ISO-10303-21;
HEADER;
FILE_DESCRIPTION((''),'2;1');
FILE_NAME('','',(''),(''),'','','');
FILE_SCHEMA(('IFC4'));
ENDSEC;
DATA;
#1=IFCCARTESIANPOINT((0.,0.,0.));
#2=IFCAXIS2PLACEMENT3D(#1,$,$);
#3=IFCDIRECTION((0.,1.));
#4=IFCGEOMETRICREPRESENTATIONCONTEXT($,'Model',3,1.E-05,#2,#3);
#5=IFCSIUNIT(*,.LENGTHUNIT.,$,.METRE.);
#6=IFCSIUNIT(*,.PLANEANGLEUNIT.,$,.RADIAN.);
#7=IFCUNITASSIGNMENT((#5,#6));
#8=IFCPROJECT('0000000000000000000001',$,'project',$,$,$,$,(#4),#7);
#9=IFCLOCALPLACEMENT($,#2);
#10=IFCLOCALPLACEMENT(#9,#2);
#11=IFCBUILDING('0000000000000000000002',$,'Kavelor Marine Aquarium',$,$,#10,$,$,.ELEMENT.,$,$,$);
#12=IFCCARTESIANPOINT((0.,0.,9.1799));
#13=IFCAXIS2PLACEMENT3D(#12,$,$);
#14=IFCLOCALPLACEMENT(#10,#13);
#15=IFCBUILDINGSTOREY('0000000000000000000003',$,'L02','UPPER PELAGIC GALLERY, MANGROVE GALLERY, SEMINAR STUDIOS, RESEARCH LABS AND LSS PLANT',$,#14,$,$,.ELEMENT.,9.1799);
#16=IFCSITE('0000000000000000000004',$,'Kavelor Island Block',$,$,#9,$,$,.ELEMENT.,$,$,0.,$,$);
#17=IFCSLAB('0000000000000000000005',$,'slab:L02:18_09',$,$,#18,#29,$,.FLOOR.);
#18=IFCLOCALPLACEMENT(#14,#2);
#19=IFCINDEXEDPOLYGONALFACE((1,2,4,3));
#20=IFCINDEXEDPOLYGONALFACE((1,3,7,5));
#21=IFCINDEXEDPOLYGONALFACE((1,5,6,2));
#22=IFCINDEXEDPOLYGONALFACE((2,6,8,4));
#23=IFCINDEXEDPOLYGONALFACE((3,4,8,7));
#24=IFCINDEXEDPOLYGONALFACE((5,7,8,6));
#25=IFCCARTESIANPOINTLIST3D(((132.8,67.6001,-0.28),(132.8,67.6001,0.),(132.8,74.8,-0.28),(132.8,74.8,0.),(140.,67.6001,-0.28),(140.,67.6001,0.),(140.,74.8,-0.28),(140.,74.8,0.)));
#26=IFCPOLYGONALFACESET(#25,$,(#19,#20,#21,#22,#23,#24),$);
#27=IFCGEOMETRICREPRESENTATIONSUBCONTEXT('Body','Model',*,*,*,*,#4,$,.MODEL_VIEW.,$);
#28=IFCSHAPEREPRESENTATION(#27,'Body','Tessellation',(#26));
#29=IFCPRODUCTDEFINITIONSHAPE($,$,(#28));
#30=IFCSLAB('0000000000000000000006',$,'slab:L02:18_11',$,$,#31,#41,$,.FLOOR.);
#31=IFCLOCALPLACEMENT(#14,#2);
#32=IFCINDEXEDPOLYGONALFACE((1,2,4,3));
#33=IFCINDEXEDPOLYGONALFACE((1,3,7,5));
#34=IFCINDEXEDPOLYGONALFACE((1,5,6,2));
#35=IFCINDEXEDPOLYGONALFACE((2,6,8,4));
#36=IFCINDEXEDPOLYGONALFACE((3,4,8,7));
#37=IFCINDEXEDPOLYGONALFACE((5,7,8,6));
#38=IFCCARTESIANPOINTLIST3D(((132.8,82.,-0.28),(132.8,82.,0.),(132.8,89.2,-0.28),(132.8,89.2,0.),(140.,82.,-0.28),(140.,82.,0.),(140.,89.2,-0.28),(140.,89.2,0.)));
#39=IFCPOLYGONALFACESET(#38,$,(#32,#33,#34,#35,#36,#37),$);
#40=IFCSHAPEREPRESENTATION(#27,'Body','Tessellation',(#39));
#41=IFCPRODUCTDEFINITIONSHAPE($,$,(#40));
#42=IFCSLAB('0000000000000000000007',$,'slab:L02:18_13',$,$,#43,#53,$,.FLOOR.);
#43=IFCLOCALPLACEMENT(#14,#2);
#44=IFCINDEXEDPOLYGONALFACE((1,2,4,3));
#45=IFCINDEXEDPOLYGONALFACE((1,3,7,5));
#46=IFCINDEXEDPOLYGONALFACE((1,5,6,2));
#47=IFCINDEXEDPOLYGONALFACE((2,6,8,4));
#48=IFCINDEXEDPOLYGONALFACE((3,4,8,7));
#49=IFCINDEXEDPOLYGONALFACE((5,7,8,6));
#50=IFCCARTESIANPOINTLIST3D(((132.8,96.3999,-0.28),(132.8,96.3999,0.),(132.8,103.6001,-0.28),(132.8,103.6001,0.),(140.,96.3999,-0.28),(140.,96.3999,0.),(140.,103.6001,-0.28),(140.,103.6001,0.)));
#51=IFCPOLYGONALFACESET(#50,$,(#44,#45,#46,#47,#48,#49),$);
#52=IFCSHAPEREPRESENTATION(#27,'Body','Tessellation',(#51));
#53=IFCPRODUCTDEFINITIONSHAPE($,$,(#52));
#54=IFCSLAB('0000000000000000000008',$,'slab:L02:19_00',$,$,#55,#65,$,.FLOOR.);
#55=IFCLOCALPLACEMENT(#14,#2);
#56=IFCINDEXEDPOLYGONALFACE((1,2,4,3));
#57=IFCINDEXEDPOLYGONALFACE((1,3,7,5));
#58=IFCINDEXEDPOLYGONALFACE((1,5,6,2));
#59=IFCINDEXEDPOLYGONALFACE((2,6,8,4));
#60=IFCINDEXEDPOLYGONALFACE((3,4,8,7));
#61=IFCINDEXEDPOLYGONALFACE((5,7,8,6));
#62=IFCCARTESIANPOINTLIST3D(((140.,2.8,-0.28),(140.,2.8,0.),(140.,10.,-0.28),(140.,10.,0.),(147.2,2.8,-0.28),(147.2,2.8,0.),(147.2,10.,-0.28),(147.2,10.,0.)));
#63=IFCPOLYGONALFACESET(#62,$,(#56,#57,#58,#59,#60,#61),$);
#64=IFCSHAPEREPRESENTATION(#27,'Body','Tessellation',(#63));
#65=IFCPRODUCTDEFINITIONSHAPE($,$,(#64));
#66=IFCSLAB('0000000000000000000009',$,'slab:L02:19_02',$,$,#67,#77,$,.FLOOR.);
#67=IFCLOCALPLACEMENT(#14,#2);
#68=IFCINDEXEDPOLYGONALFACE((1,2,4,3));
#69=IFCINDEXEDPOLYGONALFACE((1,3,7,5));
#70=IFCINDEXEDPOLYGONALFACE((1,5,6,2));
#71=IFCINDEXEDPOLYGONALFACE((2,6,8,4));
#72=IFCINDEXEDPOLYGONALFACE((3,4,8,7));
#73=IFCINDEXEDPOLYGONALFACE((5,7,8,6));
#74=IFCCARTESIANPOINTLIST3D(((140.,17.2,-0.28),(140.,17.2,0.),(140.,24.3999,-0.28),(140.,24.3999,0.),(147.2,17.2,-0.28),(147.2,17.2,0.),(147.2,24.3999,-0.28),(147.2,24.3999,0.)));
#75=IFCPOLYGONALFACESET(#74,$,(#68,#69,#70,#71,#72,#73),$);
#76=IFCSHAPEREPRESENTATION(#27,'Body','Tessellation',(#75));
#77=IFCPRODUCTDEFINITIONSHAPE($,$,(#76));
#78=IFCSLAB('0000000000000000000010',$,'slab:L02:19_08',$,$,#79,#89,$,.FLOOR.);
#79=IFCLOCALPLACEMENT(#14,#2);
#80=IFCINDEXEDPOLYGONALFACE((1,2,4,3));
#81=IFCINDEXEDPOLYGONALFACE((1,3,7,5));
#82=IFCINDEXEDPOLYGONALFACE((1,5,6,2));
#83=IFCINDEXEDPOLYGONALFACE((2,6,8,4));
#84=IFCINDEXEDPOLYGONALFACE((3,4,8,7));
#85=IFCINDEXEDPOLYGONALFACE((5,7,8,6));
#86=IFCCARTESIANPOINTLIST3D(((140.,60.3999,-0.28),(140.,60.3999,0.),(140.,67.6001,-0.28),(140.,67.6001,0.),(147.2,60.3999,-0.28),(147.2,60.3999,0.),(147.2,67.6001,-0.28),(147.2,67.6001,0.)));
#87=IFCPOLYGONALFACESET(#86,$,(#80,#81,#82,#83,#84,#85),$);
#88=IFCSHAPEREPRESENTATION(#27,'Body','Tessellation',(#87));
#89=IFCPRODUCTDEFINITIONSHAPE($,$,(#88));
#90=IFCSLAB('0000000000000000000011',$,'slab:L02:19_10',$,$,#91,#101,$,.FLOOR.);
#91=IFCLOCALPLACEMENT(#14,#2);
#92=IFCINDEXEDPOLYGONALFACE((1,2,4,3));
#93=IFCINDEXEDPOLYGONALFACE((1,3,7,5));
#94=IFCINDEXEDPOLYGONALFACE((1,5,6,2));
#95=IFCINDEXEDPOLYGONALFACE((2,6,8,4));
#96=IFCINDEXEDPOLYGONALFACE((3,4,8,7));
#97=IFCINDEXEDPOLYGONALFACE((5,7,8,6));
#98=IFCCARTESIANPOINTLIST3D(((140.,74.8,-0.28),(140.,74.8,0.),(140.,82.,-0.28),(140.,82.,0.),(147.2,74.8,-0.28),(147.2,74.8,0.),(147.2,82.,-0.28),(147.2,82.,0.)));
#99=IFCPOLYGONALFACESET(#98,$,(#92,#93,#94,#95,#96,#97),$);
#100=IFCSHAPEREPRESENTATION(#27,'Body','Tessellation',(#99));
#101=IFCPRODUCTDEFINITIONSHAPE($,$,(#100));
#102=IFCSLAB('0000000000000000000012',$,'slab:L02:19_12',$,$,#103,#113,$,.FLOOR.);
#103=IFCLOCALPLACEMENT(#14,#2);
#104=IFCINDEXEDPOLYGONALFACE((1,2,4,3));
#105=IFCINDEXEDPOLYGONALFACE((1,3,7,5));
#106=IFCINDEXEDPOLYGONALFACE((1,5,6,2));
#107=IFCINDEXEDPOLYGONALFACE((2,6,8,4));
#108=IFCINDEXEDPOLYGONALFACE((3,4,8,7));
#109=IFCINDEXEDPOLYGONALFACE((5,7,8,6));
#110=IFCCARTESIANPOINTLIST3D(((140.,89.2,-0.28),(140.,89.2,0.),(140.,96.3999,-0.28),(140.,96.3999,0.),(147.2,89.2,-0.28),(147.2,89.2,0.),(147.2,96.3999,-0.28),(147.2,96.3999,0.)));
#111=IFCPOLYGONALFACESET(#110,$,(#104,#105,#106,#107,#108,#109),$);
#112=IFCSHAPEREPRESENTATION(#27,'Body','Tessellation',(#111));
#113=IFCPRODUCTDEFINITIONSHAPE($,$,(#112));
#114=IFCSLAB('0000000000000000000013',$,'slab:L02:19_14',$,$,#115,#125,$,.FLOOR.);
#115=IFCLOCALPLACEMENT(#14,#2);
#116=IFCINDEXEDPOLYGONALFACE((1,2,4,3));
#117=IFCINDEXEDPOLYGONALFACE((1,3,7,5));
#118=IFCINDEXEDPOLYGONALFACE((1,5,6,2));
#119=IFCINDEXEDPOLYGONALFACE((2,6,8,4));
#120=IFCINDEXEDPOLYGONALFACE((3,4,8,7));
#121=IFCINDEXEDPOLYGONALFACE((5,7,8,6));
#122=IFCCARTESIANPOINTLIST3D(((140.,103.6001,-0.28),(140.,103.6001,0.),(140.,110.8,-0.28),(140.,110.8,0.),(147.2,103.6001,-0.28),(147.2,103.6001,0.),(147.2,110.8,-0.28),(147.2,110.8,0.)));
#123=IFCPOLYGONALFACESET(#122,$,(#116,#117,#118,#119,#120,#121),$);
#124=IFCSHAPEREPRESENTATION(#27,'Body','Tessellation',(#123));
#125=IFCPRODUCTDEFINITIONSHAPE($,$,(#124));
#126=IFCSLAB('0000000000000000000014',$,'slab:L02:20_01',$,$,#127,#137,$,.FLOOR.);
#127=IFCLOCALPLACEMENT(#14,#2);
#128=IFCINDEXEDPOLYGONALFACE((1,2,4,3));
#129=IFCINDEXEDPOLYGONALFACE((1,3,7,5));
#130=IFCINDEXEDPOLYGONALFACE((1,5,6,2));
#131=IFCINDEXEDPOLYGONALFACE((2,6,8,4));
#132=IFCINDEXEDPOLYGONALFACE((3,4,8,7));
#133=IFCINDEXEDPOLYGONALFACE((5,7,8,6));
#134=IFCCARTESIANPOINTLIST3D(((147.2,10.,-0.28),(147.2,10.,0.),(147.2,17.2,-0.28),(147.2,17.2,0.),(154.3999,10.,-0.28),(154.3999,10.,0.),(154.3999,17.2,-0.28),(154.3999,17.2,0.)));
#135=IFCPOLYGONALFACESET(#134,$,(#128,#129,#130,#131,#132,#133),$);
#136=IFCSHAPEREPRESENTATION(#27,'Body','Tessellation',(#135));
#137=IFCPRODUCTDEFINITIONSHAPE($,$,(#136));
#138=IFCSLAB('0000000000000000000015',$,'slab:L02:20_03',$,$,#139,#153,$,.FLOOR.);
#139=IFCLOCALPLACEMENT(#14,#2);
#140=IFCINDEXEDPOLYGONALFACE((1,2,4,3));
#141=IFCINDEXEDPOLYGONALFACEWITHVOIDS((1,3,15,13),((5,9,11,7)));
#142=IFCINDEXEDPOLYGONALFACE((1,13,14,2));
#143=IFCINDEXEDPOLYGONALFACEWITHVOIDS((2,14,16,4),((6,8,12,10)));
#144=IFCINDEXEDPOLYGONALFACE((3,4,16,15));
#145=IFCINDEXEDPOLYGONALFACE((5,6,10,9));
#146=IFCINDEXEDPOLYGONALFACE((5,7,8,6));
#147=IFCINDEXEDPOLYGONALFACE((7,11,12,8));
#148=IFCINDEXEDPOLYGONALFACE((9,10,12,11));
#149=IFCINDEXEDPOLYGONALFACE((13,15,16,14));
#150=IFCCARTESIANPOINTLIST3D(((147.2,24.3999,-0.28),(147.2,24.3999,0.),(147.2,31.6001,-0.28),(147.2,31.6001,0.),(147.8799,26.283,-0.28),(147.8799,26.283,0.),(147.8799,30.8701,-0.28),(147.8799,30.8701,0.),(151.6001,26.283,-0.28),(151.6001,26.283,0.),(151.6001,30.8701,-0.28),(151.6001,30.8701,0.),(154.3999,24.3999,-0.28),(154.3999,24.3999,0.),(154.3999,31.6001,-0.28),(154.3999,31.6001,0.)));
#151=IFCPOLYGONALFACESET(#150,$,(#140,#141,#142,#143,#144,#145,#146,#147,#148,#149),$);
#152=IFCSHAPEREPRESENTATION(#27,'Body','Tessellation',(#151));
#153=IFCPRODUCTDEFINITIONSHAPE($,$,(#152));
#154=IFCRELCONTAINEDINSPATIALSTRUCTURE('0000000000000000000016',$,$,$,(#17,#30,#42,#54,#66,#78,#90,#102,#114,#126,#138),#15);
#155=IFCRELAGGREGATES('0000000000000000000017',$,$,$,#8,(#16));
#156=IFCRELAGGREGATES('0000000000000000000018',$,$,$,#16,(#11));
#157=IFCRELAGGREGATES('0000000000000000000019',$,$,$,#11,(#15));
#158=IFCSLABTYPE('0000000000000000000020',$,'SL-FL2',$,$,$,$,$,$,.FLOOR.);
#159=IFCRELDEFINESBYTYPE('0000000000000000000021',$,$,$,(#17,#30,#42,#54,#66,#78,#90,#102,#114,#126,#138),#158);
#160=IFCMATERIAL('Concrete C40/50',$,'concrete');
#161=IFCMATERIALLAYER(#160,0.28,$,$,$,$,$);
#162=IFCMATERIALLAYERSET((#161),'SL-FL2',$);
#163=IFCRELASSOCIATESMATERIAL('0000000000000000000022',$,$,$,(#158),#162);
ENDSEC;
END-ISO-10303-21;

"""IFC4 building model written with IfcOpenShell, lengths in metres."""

from ifc_helpers import new_model, si_unit, direction, frame, origin, place, context, subcontext, project, spatial, polyline, outline, extrude, material, layer, layer_set, type_object, element, save


model = new_model("IFC4")

# Units and contexts
model_context = context("Model", 3, precision=1e-05, world=origin(), true_north=direction((0.0, 1.0)))
body_context = subcontext(model_context, "Body", "Model", "MODEL_VIEW")
ifc_project = project(units=[si_unit("LENGTHUNIT", "METRE"), si_unit("PLANEANGLEUNIT", "RADIAN")], contexts=[model_context])

# Site, building, storey
site_placement = place(None, origin())
site = spatial("IfcSite", under=ifc_project, at=site_placement, Name="Kavelor Island Block", CompositionType="ELEMENT", RefElevation=0.0)
building_placement = place(site_placement, origin())
building = spatial("IfcBuilding", under=site, at=building_placement, Name="Kavelor Marine Aquarium", CompositionType="ELEMENT")
storey_placement = place(building_placement, frame((0.0, 0.0, 9.1799)))
storey = spatial("IfcBuildingStorey", under=building, at=storey_placement, Name="L02", Description="UPPER PELAGIC GALLERY, MANGROVE GALLERY, SEMINAR STUDIOS, RESEARCH LABS AND LSS PLANT", CompositionType="ELEMENT", Elevation=9.1799)

# Slabs
ifc_material = material(Name="Concrete C40/50", Category="concrete")
ifc_layer = layer(ifc_material, 0.28)
ifc_layer_set = layer_set([ifc_layer], Name="SL-FL2")
slab_type = type_object("IfcSlabType", Name="SL-FL2", PredefinedType="FLOOR", material=ifc_layer_set)
slab_1_placement = place(storey_placement, frame((0.0, 0.0, -0.28)))
element("IfcSlab", 1, at=slab_1_placement, inside=storey, type_object=slab_type, Name="slab:L02:18_09", PredefinedType="FLOOR", context=body_context, shape_type="SweptSolid", body=[
    extrude(outline(polyline([(132.8, 67.6001), (140.0, 67.6001), (140.0, 74.8), (132.8, 74.8), (132.8, 67.6001)])), origin(), (0.0, 0.0, 1.0), 0.28),
])
slab_2_placement = place(storey_placement, frame((0.0, 0.0, -0.28)))
element("IfcSlab", 2, at=slab_2_placement, inside=storey, type_object=slab_type, Name="slab:L02:18_11", PredefinedType="FLOOR", context=body_context, shape_type="SweptSolid", body=[
    extrude(outline(polyline([(132.8, 82.0), (140.0, 82.0), (140.0, 89.2), (132.8, 89.2), (132.8, 82.0)])), origin(), (0.0, 0.0, 1.0), 0.28),
])
slab_3_placement = place(storey_placement, frame((0.0, 0.0, -0.28)))
element("IfcSlab", 3, at=slab_3_placement, inside=storey, type_object=slab_type, Name="slab:L02:18_13", PredefinedType="FLOOR", context=body_context, shape_type="SweptSolid", body=[
    extrude(outline(polyline([(132.8, 96.3999), (140.0, 96.3999), (140.0, 103.6001), (132.8, 103.6001), (132.8, 96.3999)])), origin(), (0.0, 0.0, 1.0), 0.28),
])
slab_4_placement = place(storey_placement, frame((0.0, 0.0, -0.28)))
element("IfcSlab", 4, at=slab_4_placement, inside=storey, type_object=slab_type, Name="slab:L02:19_00", PredefinedType="FLOOR", context=body_context, shape_type="SweptSolid", body=[
    extrude(outline(polyline([(140.0, 2.8), (147.2, 2.8), (147.2, 10.0), (140.0, 10.0), (140.0, 2.8)])), origin(), (0.0, 0.0, 1.0), 0.28),
])
slab_5_placement = place(storey_placement, frame((0.0, 0.0, -0.28)))
element("IfcSlab", 5, at=slab_5_placement, inside=storey, type_object=slab_type, Name="slab:L02:19_02", PredefinedType="FLOOR", context=body_context, shape_type="SweptSolid", body=[
    extrude(outline(polyline([(140.0, 17.2), (147.2, 17.2), (147.2, 24.3999), (140.0, 24.3999), (140.0, 17.2)])), origin(), (0.0, 0.0, 1.0), 0.28),
])
slab_6_placement = place(storey_placement, frame((0.0, 0.0, -0.28)))
element("IfcSlab", 6, at=slab_6_placement, inside=storey, type_object=slab_type, Name="slab:L02:19_08", PredefinedType="FLOOR", context=body_context, shape_type="SweptSolid", body=[
    extrude(outline(polyline([(140.0, 60.3999), (147.2, 60.3999), (147.2, 67.6001), (140.0, 67.6001), (140.0, 60.3999)])), origin(), (0.0, 0.0, 1.0), 0.28),
])
slab_7_placement = place(storey_placement, frame((0.0, 0.0, -0.28)))
element("IfcSlab", 7, at=slab_7_placement, inside=storey, type_object=slab_type, Name="slab:L02:19_10", PredefinedType="FLOOR", context=body_context, shape_type="SweptSolid", body=[
    extrude(outline(polyline([(140.0, 74.8), (147.2, 74.8), (147.2, 82.0), (140.0, 82.0), (140.0, 74.8)])), origin(), (0.0, 0.0, 1.0), 0.28),
])
slab_8_placement = place(storey_placement, frame((0.0, 0.0, -0.28)))
element("IfcSlab", 8, at=slab_8_placement, inside=storey, type_object=slab_type, Name="slab:L02:19_12", PredefinedType="FLOOR", context=body_context, shape_type="SweptSolid", body=[
    extrude(outline(polyline([(140.0, 89.2), (147.2, 89.2), (147.2, 96.3999), (140.0, 96.3999), (140.0, 89.2)])), origin(), (0.0, 0.0, 1.0), 0.28),
])
slab_9_placement = place(storey_placement, frame((0.0, 0.0, -0.28)))
element("IfcSlab", 9, at=slab_9_placement, inside=storey, type_object=slab_type, Name="slab:L02:19_14", PredefinedType="FLOOR", context=body_context, shape_type="SweptSolid", body=[
    extrude(outline(polyline([(140.0, 103.6001), (147.2, 103.6001), (147.2, 110.8), (140.0, 110.8), (140.0, 103.6001)])), origin(), (0.0, 0.0, 1.0), 0.28),
])
slab_10_placement = place(storey_placement, frame((0.0, 0.0, -0.28)))
element("IfcSlab", 10, at=slab_10_placement, inside=storey, type_object=slab_type, Name="slab:L02:20_01", PredefinedType="FLOOR", context=body_context, shape_type="SweptSolid", body=[
    extrude(outline(polyline([(147.2, 10.0), (154.3999, 10.0), (154.3999, 17.2), (147.2, 17.2), (147.2, 10.0)])), origin(), (0.0, 0.0, 1.0), 0.28),
])
slab_11_placement = place(storey_placement, frame((0.0, 0.0, -0.28)))
element("IfcSlab", 11, at=slab_11_placement, inside=storey, type_object=slab_type, Name="slab:L02:20_03", PredefinedType="FLOOR", context=body_context, shape_type="SweptSolid", body=[
    extrude(outline(polyline([(147.2, 24.3999), (154.3999, 24.3999), (154.3999, 31.6001), (147.2, 31.6001), (147.2, 24.3999)]), holes=[polyline([(147.8799, 26.283), (151.6001, 26.283), (151.6001, 30.8701), (147.8799, 30.8701), (147.8799, 26.283)])]), origin(), (0.0, 0.0, 1.0), 0.28),
])

save(model, "model.ifc")
